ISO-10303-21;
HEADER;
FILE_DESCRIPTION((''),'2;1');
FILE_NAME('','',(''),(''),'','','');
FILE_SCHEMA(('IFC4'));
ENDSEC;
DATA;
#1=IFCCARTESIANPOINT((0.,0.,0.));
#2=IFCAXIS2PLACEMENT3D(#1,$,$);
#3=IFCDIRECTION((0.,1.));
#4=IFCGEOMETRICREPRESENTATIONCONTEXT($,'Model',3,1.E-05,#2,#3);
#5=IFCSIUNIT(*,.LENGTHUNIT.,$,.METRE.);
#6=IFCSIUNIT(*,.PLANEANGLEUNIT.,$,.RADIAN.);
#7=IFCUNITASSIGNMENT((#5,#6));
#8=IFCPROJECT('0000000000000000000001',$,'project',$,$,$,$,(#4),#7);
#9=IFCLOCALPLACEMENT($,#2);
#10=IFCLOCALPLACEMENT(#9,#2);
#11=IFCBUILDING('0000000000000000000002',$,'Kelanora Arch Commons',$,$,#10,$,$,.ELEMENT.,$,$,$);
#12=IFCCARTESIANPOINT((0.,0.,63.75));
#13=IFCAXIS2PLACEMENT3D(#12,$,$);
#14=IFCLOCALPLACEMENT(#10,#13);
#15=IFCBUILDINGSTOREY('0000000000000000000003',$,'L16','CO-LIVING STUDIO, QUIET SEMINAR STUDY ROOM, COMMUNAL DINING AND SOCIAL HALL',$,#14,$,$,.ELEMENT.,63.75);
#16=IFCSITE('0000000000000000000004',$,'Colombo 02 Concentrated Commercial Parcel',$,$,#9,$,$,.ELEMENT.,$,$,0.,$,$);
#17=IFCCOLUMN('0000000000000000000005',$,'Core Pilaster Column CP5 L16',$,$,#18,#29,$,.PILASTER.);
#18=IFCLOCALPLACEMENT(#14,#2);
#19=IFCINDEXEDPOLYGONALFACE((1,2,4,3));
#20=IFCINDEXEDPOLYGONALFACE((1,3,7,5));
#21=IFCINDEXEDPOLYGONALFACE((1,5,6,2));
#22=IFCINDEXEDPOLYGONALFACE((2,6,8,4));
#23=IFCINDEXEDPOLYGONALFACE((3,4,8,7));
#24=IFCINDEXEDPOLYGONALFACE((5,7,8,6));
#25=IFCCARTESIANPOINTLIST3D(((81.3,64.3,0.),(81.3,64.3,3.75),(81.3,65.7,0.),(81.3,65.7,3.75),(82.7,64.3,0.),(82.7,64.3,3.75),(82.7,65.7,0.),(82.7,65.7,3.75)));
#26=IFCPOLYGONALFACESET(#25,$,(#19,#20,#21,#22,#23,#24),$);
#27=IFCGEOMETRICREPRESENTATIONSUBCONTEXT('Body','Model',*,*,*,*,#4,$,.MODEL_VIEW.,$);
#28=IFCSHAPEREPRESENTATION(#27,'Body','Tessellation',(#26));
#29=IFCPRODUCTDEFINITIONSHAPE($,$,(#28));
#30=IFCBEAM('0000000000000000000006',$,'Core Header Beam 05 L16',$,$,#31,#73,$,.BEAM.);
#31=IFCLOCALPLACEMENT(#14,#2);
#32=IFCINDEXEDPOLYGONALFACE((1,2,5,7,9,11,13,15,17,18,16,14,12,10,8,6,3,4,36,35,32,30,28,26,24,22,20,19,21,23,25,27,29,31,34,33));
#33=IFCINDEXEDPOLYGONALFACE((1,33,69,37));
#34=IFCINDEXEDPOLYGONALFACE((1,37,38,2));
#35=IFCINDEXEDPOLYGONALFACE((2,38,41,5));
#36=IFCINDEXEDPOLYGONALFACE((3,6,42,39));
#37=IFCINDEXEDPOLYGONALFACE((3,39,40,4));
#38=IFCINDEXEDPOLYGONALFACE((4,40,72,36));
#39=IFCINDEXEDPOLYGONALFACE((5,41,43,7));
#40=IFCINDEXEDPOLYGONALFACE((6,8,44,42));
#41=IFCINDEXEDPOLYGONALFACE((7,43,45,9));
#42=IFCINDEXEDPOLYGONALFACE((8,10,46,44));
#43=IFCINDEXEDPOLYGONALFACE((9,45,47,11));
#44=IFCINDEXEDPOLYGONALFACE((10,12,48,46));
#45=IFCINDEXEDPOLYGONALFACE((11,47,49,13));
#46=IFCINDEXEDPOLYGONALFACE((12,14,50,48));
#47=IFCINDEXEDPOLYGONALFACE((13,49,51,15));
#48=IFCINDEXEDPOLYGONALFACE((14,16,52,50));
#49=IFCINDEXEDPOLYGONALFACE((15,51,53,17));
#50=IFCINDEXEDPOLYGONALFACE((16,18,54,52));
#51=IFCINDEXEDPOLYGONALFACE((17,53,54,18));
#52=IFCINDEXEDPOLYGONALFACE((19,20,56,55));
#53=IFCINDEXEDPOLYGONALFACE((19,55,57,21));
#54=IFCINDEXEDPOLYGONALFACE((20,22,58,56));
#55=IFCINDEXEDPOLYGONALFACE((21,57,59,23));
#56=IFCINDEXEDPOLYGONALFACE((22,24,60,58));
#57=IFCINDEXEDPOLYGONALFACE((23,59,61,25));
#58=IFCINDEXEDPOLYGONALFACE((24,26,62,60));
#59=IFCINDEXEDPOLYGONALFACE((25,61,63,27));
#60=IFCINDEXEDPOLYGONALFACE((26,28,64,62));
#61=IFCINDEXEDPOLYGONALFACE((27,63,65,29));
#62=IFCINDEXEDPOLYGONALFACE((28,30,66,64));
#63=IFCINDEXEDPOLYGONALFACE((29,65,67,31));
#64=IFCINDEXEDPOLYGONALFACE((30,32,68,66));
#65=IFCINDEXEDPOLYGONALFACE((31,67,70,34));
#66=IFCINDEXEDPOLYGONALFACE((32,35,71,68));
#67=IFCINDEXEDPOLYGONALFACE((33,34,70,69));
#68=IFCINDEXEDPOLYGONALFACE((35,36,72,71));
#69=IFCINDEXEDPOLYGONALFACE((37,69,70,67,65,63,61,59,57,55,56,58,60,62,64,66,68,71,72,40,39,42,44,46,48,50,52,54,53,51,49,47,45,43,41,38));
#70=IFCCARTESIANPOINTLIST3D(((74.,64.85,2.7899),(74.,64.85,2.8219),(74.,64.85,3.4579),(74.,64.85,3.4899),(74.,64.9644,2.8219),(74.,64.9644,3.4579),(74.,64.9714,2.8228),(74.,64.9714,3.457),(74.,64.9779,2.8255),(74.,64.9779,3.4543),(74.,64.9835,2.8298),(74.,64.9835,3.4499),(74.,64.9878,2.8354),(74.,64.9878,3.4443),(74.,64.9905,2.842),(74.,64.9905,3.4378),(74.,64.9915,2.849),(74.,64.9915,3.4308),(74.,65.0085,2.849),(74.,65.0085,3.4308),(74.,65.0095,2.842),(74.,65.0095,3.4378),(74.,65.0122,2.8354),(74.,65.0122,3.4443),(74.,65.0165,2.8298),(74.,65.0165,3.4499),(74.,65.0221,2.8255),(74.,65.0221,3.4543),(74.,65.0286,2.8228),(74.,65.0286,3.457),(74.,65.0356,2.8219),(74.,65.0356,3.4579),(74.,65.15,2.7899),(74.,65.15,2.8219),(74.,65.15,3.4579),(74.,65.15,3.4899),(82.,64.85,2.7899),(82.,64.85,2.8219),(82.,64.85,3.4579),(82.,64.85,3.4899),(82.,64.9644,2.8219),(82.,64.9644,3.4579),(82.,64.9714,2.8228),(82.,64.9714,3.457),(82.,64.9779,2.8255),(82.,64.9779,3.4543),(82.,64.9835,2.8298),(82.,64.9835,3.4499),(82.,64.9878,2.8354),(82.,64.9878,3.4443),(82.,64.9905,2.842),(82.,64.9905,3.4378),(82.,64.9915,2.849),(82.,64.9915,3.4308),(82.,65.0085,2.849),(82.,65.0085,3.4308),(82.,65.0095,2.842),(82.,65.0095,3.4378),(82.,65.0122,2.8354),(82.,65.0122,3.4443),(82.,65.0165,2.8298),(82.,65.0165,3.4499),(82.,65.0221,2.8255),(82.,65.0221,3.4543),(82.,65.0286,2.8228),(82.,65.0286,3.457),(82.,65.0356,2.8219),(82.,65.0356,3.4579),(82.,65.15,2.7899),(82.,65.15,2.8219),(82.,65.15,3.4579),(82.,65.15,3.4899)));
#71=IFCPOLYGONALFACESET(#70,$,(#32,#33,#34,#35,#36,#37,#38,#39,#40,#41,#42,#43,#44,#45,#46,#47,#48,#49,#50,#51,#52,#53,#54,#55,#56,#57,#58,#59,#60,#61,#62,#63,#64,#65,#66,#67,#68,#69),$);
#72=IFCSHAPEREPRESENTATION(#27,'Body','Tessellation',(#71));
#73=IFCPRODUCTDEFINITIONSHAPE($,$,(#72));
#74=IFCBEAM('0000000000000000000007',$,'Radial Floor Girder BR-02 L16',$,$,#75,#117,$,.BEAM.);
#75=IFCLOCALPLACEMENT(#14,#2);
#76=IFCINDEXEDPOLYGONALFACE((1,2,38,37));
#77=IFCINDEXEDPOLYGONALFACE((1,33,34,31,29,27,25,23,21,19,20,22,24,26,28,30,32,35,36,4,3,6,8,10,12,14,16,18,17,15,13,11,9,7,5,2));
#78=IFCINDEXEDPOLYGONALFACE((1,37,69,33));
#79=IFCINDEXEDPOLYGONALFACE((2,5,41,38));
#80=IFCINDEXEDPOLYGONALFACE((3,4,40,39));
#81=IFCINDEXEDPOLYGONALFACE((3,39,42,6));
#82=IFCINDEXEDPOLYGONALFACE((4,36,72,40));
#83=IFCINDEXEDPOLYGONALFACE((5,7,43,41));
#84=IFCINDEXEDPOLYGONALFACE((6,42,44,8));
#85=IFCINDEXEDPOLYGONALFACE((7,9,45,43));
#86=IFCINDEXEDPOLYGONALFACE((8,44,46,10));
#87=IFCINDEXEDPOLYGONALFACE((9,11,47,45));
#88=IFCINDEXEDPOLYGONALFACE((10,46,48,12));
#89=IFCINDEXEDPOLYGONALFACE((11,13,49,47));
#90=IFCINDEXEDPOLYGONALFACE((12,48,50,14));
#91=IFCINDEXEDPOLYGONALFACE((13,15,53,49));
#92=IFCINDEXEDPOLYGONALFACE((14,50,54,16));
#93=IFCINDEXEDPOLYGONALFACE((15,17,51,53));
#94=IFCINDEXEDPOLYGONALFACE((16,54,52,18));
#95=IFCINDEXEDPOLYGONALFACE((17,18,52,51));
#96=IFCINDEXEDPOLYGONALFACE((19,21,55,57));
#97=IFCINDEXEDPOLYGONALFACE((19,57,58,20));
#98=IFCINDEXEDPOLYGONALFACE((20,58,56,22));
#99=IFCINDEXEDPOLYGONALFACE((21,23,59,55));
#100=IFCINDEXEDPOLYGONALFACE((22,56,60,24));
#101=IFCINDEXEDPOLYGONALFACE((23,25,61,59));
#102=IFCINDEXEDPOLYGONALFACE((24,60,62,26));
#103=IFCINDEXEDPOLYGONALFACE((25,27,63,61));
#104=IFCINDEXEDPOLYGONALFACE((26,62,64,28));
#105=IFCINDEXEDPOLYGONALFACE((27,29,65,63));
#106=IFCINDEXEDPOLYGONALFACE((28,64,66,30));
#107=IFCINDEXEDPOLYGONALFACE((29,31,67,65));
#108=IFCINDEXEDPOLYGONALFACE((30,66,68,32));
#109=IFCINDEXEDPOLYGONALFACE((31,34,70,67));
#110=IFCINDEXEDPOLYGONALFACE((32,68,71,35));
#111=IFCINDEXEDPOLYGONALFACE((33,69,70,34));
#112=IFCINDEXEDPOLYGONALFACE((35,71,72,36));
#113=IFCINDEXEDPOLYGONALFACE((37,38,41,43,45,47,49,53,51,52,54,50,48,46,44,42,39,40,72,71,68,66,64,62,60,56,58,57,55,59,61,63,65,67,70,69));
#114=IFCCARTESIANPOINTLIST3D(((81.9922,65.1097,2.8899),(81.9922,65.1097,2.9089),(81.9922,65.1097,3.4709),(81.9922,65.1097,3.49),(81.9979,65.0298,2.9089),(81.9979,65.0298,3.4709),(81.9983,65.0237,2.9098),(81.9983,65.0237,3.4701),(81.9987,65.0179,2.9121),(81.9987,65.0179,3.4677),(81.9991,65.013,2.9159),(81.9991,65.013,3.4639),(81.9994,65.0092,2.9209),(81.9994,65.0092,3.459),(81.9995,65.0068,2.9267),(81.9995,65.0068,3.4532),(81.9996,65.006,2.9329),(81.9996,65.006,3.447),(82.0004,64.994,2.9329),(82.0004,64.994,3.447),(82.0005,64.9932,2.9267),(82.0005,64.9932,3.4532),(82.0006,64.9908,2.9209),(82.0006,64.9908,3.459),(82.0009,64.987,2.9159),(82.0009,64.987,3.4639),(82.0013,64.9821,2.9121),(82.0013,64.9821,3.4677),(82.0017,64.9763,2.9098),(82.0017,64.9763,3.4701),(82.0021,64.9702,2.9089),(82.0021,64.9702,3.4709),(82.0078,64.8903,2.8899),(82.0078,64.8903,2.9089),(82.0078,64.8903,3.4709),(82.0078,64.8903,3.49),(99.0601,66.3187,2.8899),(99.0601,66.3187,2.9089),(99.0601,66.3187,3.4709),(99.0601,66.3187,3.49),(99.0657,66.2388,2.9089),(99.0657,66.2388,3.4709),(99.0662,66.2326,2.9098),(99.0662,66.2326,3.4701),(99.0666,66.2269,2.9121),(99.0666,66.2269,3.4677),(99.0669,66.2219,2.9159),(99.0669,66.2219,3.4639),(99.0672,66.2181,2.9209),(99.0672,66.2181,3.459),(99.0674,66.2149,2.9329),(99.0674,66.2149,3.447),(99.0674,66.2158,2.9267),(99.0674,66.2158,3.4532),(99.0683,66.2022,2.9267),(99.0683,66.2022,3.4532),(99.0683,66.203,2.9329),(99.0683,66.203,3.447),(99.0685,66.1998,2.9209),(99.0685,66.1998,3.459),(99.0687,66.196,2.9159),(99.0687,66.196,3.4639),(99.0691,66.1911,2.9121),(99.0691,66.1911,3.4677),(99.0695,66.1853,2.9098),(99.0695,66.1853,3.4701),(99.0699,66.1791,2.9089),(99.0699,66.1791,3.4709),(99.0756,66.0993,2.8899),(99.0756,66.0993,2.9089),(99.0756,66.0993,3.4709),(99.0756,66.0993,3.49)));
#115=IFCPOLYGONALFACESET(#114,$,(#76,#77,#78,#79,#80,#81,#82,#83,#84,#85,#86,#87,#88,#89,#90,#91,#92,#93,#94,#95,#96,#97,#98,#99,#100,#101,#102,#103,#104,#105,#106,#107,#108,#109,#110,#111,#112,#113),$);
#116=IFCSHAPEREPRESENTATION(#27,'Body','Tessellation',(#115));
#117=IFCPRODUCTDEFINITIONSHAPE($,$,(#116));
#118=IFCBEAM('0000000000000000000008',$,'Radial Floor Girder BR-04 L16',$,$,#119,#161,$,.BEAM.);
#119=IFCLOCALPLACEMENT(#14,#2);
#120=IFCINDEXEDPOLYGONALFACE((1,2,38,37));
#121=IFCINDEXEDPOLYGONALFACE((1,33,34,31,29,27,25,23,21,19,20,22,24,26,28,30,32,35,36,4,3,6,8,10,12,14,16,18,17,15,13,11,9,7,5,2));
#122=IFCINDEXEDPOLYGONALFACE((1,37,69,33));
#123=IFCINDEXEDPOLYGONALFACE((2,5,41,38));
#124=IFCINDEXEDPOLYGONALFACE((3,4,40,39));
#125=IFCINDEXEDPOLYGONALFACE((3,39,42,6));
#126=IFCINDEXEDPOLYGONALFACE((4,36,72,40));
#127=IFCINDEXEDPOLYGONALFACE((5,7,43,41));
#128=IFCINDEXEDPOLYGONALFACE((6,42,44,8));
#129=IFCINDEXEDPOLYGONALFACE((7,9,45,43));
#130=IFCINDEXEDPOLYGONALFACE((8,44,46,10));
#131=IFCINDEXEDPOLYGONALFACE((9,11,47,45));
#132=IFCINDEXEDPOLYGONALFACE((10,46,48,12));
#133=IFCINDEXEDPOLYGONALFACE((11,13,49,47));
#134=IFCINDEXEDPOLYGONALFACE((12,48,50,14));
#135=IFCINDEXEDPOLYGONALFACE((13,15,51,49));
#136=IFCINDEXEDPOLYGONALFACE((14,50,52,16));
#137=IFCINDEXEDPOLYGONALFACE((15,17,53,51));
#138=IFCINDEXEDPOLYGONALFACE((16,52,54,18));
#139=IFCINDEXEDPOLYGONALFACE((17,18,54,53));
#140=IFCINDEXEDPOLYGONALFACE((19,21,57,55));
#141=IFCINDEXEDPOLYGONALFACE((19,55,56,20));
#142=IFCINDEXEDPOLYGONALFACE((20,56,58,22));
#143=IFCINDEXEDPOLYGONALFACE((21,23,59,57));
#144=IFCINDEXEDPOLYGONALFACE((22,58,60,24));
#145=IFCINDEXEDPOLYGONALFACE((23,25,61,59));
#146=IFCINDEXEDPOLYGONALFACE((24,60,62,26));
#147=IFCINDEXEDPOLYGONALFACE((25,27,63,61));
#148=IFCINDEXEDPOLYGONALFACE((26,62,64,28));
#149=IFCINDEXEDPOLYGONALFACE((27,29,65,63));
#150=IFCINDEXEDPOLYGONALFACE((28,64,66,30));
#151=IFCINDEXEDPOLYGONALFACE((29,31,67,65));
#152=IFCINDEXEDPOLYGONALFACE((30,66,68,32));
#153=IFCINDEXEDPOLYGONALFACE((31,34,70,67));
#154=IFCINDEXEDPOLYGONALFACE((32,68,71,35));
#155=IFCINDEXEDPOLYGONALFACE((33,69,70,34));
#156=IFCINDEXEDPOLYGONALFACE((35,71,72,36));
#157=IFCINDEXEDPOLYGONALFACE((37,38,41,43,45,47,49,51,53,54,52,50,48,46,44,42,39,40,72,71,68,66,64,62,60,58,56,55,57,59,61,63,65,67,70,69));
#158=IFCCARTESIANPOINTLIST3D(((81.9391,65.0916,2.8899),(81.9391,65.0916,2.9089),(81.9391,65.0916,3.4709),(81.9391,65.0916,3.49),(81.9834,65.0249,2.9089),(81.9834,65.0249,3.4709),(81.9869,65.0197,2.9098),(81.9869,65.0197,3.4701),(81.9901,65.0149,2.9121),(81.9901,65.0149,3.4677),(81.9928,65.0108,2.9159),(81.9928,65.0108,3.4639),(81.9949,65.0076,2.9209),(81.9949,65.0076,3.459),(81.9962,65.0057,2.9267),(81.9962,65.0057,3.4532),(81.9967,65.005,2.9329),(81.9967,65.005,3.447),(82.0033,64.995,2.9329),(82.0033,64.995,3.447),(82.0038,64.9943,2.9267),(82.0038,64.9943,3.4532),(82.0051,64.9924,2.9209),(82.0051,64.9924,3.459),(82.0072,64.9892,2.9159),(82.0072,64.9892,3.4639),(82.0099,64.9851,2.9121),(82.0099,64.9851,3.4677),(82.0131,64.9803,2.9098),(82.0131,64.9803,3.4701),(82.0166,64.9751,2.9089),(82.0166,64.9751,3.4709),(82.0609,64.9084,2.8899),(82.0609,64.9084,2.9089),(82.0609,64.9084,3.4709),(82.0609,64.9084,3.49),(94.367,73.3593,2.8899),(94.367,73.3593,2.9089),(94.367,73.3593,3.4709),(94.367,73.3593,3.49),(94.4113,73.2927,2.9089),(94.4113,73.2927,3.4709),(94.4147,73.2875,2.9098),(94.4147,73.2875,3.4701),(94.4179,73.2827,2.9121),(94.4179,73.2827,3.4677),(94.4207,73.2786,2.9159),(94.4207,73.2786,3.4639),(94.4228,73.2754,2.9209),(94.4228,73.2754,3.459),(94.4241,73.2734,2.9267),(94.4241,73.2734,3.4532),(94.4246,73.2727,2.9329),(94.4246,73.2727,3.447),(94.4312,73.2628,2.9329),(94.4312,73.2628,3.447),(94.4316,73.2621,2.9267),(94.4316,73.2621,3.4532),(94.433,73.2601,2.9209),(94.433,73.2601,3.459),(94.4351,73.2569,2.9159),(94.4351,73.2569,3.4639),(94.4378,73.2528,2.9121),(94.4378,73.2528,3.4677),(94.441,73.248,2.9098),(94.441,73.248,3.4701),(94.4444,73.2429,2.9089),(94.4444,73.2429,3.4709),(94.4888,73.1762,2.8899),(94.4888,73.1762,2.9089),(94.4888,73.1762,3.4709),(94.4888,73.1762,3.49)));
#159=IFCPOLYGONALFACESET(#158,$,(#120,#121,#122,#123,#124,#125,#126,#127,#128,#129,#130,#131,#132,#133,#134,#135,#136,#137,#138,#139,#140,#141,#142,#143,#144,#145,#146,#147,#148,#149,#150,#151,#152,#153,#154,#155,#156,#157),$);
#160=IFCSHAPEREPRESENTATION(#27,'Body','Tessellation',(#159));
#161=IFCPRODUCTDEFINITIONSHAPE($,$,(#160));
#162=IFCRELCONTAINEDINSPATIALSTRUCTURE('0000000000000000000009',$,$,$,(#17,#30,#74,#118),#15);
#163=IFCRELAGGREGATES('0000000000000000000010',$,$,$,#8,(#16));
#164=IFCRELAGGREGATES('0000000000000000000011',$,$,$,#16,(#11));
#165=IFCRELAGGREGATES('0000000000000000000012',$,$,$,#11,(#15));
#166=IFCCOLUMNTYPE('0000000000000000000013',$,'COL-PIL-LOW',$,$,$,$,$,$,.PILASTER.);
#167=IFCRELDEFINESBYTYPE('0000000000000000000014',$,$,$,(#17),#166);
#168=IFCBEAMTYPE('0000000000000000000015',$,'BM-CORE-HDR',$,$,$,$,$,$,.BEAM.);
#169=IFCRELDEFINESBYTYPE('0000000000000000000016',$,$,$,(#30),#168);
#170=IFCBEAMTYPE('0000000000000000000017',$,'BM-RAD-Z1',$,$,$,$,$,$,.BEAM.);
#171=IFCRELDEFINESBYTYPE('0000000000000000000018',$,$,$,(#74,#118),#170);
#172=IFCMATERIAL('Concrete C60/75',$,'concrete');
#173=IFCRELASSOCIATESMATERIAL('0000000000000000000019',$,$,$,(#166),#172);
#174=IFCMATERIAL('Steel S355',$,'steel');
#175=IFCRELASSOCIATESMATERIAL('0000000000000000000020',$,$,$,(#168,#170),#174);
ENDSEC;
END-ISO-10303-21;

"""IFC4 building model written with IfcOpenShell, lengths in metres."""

from ifc_helpers import new_model, si_unit, direction, frame, origin, origin_2d, place, context, subcontext, project, spatial, rectangle, i_section, extrude, material, material_profile, profile_set, type_object, element, save


model = new_model("IFC4")

# Units and contexts
model_context = context("Model", 3, precision=1e-05, world=origin(), true_north=direction((0.0, 1.0)))
body_context = subcontext(model_context, "Body", "Model", "MODEL_VIEW")
ifc_project = project(units=[si_unit("LENGTHUNIT", "METRE"), si_unit("PLANEANGLEUNIT", "RADIAN")], contexts=[model_context])

# Site, building, storey
site_placement = place(None, origin())
site = spatial("IfcSite", under=ifc_project, at=site_placement, Name="Colombo 02 Concentrated Commercial Parcel", CompositionType="ELEMENT", RefElevation=0.0)
building_placement = place(site_placement, origin())
building = spatial("IfcBuilding", under=site, at=building_placement, Name="Kelanora Arch Commons", CompositionType="ELEMENT")
storey_placement = place(building_placement, frame((0.0, 0.0, 63.75)))
storey = spatial("IfcBuildingStorey", under=building, at=storey_placement, Name="L16", Description="CO-LIVING STUDIO, QUIET SEMINAR STUDY ROOM, COMMUNAL DINING AND SOCIAL HALL", CompositionType="ELEMENT", Elevation=63.75)

# Column
ifc_material_1 = material(Name="Concrete C60/75", Category="concrete")
ifc_material_profile_1 = material_profile(ifc_material_1, rectangle(XDim=1.3999, YDim=1.3999, at=origin_2d()), Name="RC1400x1400")
ifc_profile_set_1 = profile_set([ifc_material_profile_1], Name="Concrete C60/75")
column_type = type_object("IfcColumnType", Name="COL-PIL-LOW", PredefinedType="PILASTER", material=ifc_profile_set_1)
column_placement = place(storey_placement, frame((82.0, 65.0, 0.0), z_axis=(0.0, 0.0, 1.0), x_axis=(1.0, 0.0, 0.0)))
element("IfcColumn", 1, at=column_placement, inside=storey, type_object=column_type, Name="Core Pilaster Column CP5 L16", PredefinedType="PILASTER", context=body_context, shape_type="SweptSolid", body=[
    extrude(rectangle(XDim=1.3999, YDim=1.3999, at=origin_2d()), origin(), (0.0, 0.0, 1.0), 3.75),
])

# Beams
ifc_material_2 = material(Name="Steel S355", Category="steel")
ifc_material_profile_2 = material_profile(ifc_material_2, i_section(OverallWidth=0.3, OverallDepth=0.7, WebThickness=0.0171, FlangeThickness=0.032, FilletRadius=0.0271, at=origin_2d()), Name="HEB700")
ifc_profile_set_2 = profile_set([ifc_material_profile_2], Name="Steel S355")
beam_type_1 = type_object("IfcBeamType", Name="BM-CORE-HDR", PredefinedType="BEAM", material=ifc_profile_set_2)
beam_1_placement = place(storey_placement, frame((82.0, 65.0, 3.1399), z_axis=(-1.0, 0.0, 0.0), x_axis=(0.0, -1.0, 0.0)))
element("IfcBeam", 2, at=beam_1_placement, inside=storey, type_object=beam_type_1, Name="Core Header Beam 05 L16", PredefinedType="BEAM", context=body_context, shape_type="SweptSolid", body=[
    extrude(i_section(OverallWidth=0.3, OverallDepth=0.7, WebThickness=0.0171, FlangeThickness=0.032, FilletRadius=0.0271, at=origin_2d()), origin(), (0.0, 0.0, 1.0), 8.0),
])
ifc_material_profile_3 = material_profile(ifc_material_2, i_section(OverallWidth=0.22, OverallDepth=0.6001, WebThickness=0.012, FlangeThickness=0.019, FilletRadius=0.0239, at=origin_2d()), Name="IPE600")
ifc_profile_set_3 = profile_set([ifc_material_profile_3], Name="Steel S355")
beam_type_2 = type_object("IfcBeamType", Name="BM-RAD-Z1", PredefinedType="BEAM", material=ifc_profile_set_3)
beam_2_placement = place(storey_placement, frame((82.0, 65.0, 3.1899), z_axis=(0.997501, 0.070657, 0.0), x_axis=(-0.070657, 0.997501, 0.0)))
element("IfcBeam", 3, at=beam_2_placement, inside=storey, type_object=beam_type_2, Name="Radial Floor Girder BR-02 L16", PredefinedType="BEAM", context=body_context, shape_type="SweptSolid", body=[
    extrude(i_section(OverallWidth=0.22, OverallDepth=0.6001, WebThickness=0.012, FlangeThickness=0.019, FilletRadius=0.0239, at=origin_2d()), origin(), (0.0, 0.0, 1.0), 17.1106),
])
beam_3_placement = place(storey_placement, frame((82.0, 65.0, 3.1899), z_axis=(0.832591, 0.553888, 0.0), x_axis=(-0.553888, 0.832591, 0.0)))
element("IfcBeam", 4, at=beam_3_placement, inside=storey, type_object=beam_type_2, Name="Radial Floor Girder BR-04 L16", PredefinedType="BEAM", context=body_context, shape_type="SweptSolid", body=[
    extrude(i_section(OverallWidth=0.22, OverallDepth=0.6001, WebThickness=0.012, FlangeThickness=0.019, FilletRadius=0.0239, at=origin_2d()), origin(), (0.0, 0.0, 1.0), 14.9268),
])

save(model, "model.ifc")
